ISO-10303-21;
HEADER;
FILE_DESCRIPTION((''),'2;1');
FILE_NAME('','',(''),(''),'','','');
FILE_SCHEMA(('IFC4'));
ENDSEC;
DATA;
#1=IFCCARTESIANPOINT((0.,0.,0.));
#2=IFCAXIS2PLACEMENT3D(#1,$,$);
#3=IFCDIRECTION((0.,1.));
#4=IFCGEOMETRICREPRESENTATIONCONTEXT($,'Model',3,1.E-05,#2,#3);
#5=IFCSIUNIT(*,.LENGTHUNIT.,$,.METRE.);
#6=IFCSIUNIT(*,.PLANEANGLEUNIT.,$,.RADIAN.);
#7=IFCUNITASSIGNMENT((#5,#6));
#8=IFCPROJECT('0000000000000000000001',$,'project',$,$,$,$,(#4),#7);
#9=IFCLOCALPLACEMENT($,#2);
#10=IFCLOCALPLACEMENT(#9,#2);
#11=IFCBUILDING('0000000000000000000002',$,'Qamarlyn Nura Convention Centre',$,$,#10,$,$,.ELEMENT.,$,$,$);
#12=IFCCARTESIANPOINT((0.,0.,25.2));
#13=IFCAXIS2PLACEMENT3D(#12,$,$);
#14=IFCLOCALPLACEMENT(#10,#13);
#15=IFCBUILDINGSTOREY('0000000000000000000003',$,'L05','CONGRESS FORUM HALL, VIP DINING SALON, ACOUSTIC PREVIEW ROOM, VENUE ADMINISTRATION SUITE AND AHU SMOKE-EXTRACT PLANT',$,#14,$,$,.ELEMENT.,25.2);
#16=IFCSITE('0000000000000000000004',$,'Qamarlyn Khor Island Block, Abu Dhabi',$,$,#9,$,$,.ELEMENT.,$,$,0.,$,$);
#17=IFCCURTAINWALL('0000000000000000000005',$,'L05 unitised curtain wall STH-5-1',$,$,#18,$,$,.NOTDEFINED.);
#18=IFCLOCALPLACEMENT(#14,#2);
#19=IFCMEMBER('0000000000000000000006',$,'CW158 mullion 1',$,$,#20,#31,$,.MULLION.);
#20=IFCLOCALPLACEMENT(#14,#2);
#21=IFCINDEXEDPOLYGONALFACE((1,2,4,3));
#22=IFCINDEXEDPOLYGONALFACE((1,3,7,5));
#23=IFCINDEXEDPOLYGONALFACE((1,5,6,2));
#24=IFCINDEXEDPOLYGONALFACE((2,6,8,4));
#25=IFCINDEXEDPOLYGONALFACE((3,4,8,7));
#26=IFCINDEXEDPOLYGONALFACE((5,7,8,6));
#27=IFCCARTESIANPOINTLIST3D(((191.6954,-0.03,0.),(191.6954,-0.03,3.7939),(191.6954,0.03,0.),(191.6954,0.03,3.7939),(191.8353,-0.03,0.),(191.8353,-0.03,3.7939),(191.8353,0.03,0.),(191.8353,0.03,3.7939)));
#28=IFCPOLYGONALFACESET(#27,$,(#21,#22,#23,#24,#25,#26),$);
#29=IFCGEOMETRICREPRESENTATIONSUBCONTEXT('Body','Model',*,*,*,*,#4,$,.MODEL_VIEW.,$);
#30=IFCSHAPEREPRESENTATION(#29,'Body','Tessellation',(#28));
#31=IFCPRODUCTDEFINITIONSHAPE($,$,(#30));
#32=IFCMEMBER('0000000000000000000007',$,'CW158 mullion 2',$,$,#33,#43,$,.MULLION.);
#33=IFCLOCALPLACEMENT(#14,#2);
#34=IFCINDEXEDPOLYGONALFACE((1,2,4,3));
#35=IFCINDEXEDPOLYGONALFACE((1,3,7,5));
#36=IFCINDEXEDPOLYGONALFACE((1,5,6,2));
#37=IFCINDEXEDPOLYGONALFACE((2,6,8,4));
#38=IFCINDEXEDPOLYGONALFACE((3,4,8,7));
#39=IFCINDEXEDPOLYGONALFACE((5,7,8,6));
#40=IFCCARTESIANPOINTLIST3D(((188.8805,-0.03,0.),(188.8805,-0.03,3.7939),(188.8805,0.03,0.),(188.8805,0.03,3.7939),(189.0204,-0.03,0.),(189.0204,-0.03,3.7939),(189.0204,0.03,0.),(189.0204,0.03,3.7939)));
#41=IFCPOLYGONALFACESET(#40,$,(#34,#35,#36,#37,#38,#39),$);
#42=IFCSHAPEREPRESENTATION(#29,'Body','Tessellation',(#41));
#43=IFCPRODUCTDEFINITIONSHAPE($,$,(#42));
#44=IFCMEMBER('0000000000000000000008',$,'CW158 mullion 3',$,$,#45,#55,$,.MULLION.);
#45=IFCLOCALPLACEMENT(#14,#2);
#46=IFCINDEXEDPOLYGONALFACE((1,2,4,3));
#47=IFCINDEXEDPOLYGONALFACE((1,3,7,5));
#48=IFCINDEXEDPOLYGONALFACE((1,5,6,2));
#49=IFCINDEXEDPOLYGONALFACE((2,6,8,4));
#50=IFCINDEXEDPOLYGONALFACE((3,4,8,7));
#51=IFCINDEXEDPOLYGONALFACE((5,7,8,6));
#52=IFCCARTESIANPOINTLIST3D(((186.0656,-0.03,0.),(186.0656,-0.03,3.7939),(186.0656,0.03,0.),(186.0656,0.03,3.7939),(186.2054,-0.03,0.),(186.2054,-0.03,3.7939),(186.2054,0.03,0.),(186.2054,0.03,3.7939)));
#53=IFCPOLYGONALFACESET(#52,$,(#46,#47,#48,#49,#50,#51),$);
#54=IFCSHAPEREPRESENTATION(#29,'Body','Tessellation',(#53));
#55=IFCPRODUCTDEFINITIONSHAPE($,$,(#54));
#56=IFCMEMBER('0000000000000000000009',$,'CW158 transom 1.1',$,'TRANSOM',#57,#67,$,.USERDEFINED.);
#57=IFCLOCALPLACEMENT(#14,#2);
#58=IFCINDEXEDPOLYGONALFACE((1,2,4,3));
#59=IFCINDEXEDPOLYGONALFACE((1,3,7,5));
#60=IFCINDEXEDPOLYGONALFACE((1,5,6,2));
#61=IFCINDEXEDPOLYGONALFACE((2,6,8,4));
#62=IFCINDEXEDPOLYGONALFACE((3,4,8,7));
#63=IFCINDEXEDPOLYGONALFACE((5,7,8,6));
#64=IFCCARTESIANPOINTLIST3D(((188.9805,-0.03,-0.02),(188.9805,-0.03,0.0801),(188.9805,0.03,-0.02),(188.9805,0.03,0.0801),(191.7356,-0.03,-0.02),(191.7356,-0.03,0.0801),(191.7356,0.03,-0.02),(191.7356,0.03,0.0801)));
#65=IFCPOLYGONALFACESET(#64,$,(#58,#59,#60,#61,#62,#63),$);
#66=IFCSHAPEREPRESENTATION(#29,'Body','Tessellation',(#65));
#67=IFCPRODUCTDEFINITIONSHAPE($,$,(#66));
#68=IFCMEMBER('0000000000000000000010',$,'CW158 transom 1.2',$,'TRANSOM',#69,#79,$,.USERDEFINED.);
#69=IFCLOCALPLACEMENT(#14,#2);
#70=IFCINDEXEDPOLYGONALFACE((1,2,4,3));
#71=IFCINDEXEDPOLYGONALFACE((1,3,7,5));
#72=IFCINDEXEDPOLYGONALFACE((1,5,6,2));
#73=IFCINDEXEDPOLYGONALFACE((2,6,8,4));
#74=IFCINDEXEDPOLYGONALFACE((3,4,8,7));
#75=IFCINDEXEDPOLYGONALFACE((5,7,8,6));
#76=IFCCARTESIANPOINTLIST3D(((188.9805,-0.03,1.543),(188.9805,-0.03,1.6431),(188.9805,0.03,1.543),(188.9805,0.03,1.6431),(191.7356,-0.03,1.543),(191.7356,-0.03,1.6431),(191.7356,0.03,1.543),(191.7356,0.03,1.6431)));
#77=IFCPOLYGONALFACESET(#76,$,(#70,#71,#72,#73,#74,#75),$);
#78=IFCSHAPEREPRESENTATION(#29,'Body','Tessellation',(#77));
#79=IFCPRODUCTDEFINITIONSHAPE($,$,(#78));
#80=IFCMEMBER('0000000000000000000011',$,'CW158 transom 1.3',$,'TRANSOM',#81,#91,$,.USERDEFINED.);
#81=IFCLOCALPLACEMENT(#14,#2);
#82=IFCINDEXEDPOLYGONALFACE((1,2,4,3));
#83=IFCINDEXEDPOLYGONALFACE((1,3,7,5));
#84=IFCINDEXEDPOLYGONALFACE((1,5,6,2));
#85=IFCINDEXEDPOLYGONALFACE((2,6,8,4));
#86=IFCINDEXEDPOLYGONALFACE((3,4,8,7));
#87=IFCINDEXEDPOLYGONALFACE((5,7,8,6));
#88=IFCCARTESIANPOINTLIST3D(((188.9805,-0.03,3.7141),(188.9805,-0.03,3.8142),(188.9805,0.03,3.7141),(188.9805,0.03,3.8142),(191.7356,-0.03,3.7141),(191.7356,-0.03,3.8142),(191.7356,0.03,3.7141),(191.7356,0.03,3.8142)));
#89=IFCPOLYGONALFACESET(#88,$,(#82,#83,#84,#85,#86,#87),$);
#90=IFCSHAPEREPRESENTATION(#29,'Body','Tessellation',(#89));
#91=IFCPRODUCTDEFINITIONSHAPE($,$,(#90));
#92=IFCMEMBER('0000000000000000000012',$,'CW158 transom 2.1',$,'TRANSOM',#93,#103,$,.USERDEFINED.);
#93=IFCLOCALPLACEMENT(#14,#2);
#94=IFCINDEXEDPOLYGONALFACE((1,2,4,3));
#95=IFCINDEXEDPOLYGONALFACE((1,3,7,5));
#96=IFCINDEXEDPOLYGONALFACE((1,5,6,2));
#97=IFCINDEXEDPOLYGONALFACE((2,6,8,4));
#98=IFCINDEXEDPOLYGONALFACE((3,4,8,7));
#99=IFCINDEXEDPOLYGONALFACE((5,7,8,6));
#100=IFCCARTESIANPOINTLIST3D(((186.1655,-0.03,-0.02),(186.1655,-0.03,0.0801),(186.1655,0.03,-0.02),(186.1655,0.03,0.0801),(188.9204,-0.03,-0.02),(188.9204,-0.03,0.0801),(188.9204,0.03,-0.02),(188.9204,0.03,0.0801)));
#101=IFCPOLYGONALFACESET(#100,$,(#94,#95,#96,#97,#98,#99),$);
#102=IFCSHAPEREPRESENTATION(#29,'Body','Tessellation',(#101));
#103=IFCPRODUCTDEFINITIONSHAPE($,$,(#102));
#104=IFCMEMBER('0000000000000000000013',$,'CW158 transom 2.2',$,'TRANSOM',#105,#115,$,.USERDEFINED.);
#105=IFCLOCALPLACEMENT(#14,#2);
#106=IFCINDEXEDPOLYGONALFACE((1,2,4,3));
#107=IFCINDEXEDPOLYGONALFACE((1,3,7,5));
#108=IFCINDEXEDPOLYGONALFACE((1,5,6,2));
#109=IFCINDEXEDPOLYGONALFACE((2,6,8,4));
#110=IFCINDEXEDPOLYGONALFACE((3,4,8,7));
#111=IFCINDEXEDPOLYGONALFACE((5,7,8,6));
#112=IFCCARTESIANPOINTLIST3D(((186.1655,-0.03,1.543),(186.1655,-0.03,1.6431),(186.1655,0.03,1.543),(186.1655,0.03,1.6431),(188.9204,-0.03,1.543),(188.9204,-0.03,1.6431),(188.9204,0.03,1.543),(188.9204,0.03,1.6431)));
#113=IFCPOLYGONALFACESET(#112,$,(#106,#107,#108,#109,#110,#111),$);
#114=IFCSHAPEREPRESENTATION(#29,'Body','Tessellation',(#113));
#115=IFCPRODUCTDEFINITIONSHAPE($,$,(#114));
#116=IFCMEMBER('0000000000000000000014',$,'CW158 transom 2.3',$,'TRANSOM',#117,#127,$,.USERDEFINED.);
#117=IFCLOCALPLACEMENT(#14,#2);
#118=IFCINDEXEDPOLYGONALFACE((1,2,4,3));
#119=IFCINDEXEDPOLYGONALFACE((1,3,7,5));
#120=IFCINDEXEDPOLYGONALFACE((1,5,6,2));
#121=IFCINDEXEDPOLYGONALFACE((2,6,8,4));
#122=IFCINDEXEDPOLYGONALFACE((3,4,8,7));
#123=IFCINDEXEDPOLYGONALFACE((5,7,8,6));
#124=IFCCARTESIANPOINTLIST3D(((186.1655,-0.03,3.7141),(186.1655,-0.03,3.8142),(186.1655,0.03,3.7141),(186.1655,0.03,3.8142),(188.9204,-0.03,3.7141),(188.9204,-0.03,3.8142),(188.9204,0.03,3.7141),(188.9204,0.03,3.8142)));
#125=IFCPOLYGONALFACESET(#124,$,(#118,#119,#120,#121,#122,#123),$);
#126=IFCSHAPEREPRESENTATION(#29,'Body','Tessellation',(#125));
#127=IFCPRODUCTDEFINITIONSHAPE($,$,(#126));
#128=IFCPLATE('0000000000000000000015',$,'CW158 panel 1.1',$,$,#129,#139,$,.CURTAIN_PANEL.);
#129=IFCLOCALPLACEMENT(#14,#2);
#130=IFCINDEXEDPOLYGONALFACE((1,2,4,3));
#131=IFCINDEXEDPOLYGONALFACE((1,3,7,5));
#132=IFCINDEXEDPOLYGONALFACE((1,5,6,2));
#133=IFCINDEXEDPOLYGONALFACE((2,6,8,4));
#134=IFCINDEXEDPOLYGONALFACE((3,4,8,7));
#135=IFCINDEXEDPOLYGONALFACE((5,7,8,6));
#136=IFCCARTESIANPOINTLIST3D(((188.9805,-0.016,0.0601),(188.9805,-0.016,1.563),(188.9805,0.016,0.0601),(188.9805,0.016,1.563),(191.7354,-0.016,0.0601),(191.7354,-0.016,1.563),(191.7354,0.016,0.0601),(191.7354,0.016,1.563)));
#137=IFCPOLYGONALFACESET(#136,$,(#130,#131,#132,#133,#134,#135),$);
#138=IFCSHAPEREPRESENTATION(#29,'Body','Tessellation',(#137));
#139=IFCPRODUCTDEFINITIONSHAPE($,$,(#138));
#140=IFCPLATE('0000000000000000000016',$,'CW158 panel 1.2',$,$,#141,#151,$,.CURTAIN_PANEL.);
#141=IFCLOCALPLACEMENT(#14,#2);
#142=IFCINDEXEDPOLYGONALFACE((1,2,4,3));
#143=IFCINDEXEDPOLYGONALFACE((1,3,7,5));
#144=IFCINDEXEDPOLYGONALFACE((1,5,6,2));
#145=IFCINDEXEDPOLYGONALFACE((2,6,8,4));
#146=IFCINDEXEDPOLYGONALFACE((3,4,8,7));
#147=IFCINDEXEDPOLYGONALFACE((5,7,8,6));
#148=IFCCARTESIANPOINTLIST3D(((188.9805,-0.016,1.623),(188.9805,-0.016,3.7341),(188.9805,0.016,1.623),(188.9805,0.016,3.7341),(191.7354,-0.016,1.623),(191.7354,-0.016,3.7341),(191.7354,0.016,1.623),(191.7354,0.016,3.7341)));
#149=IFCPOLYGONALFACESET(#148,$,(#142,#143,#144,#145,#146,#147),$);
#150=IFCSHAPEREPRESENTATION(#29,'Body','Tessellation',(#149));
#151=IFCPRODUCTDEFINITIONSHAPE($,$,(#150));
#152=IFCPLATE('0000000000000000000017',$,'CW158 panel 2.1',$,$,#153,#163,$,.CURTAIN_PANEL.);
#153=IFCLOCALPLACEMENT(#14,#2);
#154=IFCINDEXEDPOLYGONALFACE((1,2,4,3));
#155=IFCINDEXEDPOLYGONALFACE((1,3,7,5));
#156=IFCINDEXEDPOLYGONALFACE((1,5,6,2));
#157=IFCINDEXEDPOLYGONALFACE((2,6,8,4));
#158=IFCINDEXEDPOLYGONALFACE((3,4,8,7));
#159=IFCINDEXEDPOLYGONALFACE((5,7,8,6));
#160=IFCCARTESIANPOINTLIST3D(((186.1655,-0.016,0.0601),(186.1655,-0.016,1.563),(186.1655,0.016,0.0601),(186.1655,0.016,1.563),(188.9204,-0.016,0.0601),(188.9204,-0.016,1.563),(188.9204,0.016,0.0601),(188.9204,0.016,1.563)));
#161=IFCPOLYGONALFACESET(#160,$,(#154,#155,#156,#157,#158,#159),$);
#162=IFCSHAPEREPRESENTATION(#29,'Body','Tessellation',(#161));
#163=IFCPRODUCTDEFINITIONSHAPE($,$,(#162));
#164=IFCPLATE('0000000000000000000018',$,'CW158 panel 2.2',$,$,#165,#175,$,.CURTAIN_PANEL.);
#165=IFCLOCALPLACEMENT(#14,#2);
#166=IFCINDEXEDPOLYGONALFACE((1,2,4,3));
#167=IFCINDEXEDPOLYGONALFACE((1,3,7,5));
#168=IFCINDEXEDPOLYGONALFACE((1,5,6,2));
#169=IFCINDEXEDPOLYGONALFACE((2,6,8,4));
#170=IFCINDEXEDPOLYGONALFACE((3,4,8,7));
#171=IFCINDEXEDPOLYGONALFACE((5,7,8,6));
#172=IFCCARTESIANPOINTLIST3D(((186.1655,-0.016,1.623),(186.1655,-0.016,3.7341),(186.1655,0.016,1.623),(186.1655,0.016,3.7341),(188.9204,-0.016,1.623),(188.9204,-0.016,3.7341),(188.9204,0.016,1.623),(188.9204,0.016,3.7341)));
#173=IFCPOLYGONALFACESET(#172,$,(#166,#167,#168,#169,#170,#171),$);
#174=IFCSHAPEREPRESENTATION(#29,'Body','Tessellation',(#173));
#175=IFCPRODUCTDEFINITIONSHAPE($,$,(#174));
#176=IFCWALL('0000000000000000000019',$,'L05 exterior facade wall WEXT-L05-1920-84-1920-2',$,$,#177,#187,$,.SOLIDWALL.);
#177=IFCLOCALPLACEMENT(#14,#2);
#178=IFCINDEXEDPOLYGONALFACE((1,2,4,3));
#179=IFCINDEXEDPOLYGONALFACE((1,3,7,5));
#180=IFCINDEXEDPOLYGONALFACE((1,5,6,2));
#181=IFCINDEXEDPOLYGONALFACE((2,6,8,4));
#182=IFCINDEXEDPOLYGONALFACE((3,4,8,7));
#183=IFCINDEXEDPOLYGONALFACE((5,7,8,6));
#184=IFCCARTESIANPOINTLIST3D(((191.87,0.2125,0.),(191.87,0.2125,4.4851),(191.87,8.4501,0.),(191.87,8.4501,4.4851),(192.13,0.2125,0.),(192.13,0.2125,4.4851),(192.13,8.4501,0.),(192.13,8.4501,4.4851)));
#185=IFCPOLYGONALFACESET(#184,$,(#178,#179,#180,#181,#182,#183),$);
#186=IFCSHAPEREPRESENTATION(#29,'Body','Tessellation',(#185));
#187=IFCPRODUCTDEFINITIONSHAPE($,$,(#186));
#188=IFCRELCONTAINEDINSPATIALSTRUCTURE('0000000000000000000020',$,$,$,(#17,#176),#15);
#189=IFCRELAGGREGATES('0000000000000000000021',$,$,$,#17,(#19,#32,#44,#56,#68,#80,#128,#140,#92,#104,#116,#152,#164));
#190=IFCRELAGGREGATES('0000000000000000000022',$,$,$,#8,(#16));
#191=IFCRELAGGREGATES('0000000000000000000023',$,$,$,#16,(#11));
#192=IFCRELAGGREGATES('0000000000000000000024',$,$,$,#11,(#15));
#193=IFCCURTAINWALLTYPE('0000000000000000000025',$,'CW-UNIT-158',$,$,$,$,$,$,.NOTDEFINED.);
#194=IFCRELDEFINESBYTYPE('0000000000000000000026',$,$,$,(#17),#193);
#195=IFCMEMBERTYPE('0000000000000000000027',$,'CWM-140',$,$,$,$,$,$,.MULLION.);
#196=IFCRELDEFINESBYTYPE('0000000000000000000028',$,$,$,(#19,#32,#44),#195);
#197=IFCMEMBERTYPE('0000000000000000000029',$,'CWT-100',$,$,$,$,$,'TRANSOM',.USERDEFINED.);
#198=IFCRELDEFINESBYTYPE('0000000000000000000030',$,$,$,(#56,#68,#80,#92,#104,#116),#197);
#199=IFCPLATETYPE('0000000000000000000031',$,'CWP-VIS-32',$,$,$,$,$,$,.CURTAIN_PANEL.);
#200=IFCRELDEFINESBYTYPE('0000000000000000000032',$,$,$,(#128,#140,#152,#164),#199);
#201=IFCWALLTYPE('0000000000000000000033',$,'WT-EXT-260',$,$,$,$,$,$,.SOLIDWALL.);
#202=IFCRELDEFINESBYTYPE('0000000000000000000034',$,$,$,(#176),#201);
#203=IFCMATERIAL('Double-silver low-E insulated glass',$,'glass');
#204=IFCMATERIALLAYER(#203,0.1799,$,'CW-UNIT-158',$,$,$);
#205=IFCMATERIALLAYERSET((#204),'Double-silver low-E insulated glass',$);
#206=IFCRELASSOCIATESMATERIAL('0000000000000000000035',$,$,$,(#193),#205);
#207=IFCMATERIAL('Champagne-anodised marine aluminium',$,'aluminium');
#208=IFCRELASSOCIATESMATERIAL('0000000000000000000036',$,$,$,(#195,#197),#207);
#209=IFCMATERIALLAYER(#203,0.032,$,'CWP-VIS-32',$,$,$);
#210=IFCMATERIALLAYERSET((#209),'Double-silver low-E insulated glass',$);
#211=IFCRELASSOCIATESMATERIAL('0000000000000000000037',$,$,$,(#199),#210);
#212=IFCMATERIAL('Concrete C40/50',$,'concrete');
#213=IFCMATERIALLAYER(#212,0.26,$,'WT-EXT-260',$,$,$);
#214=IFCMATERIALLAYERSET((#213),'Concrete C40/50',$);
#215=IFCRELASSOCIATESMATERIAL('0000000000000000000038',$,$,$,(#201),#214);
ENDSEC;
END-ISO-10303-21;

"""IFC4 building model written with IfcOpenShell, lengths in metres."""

from ifc_helpers import new_model, si_unit, direction, frame, frame_2d, origin, origin_2d, place, context, subcontext, project, spatial, rectangle, extrude, material, layer, layer_set, material_profile, profile_set, type_object, element, aggregate, save


model = new_model("IFC4")

# Units and contexts
model_context = context("Model", 3, precision=1e-05, world=origin(), true_north=direction((0.0, 1.0)))
body_context = subcontext(model_context, "Body", "Model", "MODEL_VIEW")
ifc_project = project(units=[si_unit("LENGTHUNIT", "METRE"), si_unit("PLANEANGLEUNIT", "RADIAN")], contexts=[model_context])

# Site, building, storey
site_placement = place(None, origin())
site = spatial("IfcSite", under=ifc_project, at=site_placement, Name="Qamarlyn Khor Island Block, Abu Dhabi", CompositionType="ELEMENT", RefElevation=0.0)
building_placement = place(site_placement, origin())
building = spatial("IfcBuilding", under=site, at=building_placement, Name="Qamarlyn Nura Convention Centre", CompositionType="ELEMENT")
storey_placement = place(building_placement, frame((0.0, 0.0, 25.2)))
storey = spatial("IfcBuildingStorey", under=building, at=storey_placement, Name="L05", Description="CONGRESS FORUM HALL, VIP DINING SALON, ACOUSTIC PREVIEW ROOM, VENUE ADMINISTRATION SUITE AND AHU SMOKE-EXTRACT PLANT", CompositionType="ELEMENT", Elevation=25.2)

# Curtain wall, members, plates
ifc_material_1 = material(Name="Double-silver low-E insulated glass", Category="glass")
ifc_layer_1 = layer(ifc_material_1, 0.1799, Name="CW-UNIT-158")
ifc_layer_set_1 = layer_set([ifc_layer_1], Name="Double-silver low-E insulated glass")
curtain_wall_type = type_object("IfcCurtainWallType", Name="CW-UNIT-158", PredefinedType="NOTDEFINED", material=ifc_layer_set_1)
curtain_wall_placement = place(storey_placement, origin())
curtain_wall = element("IfcCurtainWall", 1, at=curtain_wall_placement, inside=storey, type_object=curtain_wall_type, Name="L05 unitised curtain wall STH-5-1", PredefinedType="NOTDEFINED")
ifc_material_2 = material(Name="Champagne-anodised marine aluminium", Category="aluminium")
ifc_material_profile_1 = material_profile(ifc_material_2, rectangle(XDim=0.0601, YDim=0.1399, at=origin_2d()), Name="ALU MULLION 60x140")
ifc_profile_set_1 = profile_set([ifc_material_profile_1], Name="Champagne-anodised marine aluminium")
member_type_1 = type_object("IfcMemberType", Name="CWM-140", PredefinedType="MULLION", material=ifc_profile_set_1)
member_1_placement = place(storey_placement, frame((191.7654, 0.0, 0.0), z_axis=(0.0, 0.0, 1.0), x_axis=(0.0, -1.0, 0.0)))
member_1 = element("IfcMember", 2, at=member_1_placement, type_object=member_type_1, Name="CW158 mullion 1", PredefinedType="MULLION", context=body_context, shape_type="SweptSolid", body=[
    extrude(rectangle(XDim=0.0601, YDim=0.1399, at=origin_2d()), origin(), (0.0, 0.0, 1.0), 3.7939),
])
member_2_placement = place(storey_placement, frame((188.9504, 0.0, 0.0), z_axis=(0.0, 0.0, 1.0), x_axis=(0.0, -1.0, 0.0)))
member_2 = element("IfcMember", 3, at=member_2_placement, type_object=member_type_1, Name="CW158 mullion 2", PredefinedType="MULLION", context=body_context, shape_type="SweptSolid", body=[
    extrude(rectangle(XDim=0.0601, YDim=0.1399, at=origin_2d()), origin(), (0.0, 0.0, 1.0), 3.7939),
])
member_3_placement = place(storey_placement, frame((186.1355, 0.0, 0.0), z_axis=(0.0, 0.0, 1.0), x_axis=(0.0, -1.0, 0.0)))
member_3 = element("IfcMember", 4, at=member_3_placement, type_object=member_type_1, Name="CW158 mullion 3", PredefinedType="MULLION", context=body_context, shape_type="SweptSolid", body=[
    extrude(rectangle(XDim=0.0601, YDim=0.1399, at=origin_2d()), origin(), (0.0, 0.0, 1.0), 3.7939),
])
ifc_material_profile_2 = material_profile(ifc_material_2, rectangle(XDim=0.0601, YDim=0.1001, at=origin_2d()), Name="ALU TRANSOM 60x100")
ifc_profile_set_2 = profile_set([ifc_material_profile_2], Name="Champagne-anodised marine aluminium")
member_type_2 = type_object("IfcMemberType", Name="CWT-100", ElementType="TRANSOM", PredefinedType="USERDEFINED", material=ifc_profile_set_2)
member_4_placement = place(storey_placement, frame((191.7356, 0.0, 0.03), z_axis=(-1.0, 0.0, 0.0), x_axis=(0.0, -1.0, 0.0)))
member_4 = element("IfcMember", 5, at=member_4_placement, type_object=member_type_2, Name="CW158 transom 1.1", ObjectType="TRANSOM", PredefinedType="USERDEFINED", context=body_context, shape_type="SweptSolid", body=[
    extrude(rectangle(XDim=0.0601, YDim=0.1001, at=origin_2d()), origin(), (0.0, 0.0, 1.0), 2.7551),
])
member_5_placement = place(storey_placement, frame((191.7356, 0.0, 1.593), z_axis=(-1.0, 0.0, 0.0), x_axis=(0.0, -1.0, 0.0)))
member_5 = element("IfcMember", 6, at=member_5_placement, type_object=member_type_2, Name="CW158 transom 1.2", ObjectType="TRANSOM", PredefinedType="USERDEFINED", context=body_context, shape_type="SweptSolid", body=[
    extrude(rectangle(XDim=0.0601, YDim=0.1001, at=origin_2d()), origin(), (0.0, 0.0, 1.0), 2.7551),
])
member_6_placement = place(storey_placement, frame((191.7356, 0.0, 3.7642), z_axis=(-1.0, 0.0, 0.0), x_axis=(0.0, -1.0, 0.0)))
member_6 = element("IfcMember", 7, at=member_6_placement, type_object=member_type_2, Name="CW158 transom 1.3", ObjectType="TRANSOM", PredefinedType="USERDEFINED", context=body_context, shape_type="SweptSolid", body=[
    extrude(rectangle(XDim=0.0601, YDim=0.1001, at=origin_2d()), origin(), (0.0, 0.0, 1.0), 2.7551),
])
member_7_placement = place(storey_placement, frame((188.9204, 0.0, 0.03), z_axis=(-1.0, 0.0, 0.0), x_axis=(0.0, -1.0, 0.0)))
member_7 = element("IfcMember", 8, at=member_7_placement, type_object=member_type_2, Name="CW158 transom 2.1", ObjectType="TRANSOM", PredefinedType="USERDEFINED", context=body_context, shape_type="SweptSolid", body=[
    extrude(rectangle(XDim=0.0601, YDim=0.1001, at=origin_2d()), origin(), (0.0, 0.0, 1.0), 2.7549),
])
member_8_placement = place(storey_placement, frame((188.9204, 0.0, 1.593), z_axis=(-1.0, 0.0, 0.0), x_axis=(0.0, -1.0, 0.0)))
member_8 = element("IfcMember", 9, at=member_8_placement, type_object=member_type_2, Name="CW158 transom 2.2", ObjectType="TRANSOM", PredefinedType="USERDEFINED", context=body_context, shape_type="SweptSolid", body=[
    extrude(rectangle(XDim=0.0601, YDim=0.1001, at=origin_2d()), origin(), (0.0, 0.0, 1.0), 2.7549),
])
member_9_placement = place(storey_placement, frame((188.9204, 0.0, 3.7642), z_axis=(-1.0, 0.0, 0.0), x_axis=(0.0, -1.0, 0.0)))
member_9 = element("IfcMember", 10, at=member_9_placement, type_object=member_type_2, Name="CW158 transom 2.3", ObjectType="TRANSOM", PredefinedType="USERDEFINED", context=body_context, shape_type="SweptSolid", body=[
    extrude(rectangle(XDim=0.0601, YDim=0.1001, at=origin_2d()), origin(), (0.0, 0.0, 1.0), 2.7549),
])
ifc_layer_2 = layer(ifc_material_1, 0.032, Name="CWP-VIS-32")
ifc_layer_set_2 = layer_set([ifc_layer_2], Name="Double-silver low-E insulated glass")
plate_type = type_object("IfcPlateType", Name="CWP-VIS-32", PredefinedType="CURTAIN_PANEL", material=ifc_layer_set_2)
plate_1_placement = place(storey_placement, frame((190.3579, 0.0, 0.0601), z_axis=(0.0, 0.0, 1.0), x_axis=(-1.0, 0.0, 0.0)))
plate_1 = element("IfcPlate", 11, at=plate_1_placement, type_object=plate_type, Name="CW158 panel 1.1", PredefinedType="CURTAIN_PANEL", context=body_context, shape_type="SweptSolid", body=[
    extrude(rectangle(XDim=2.7549, YDim=0.032, at=origin_2d()), origin(), (0.0, 0.0, 1.0), 1.5029),
])
plate_2_placement = place(storey_placement, frame((190.3579, 0.0, 1.623), z_axis=(0.0, 0.0, 1.0), x_axis=(-1.0, 0.0, 0.0)))
plate_2 = element("IfcPlate", 12, at=plate_2_placement, type_object=plate_type, Name="CW158 panel 1.2", PredefinedType="CURTAIN_PANEL", context=body_context, shape_type="SweptSolid", body=[
    extrude(rectangle(XDim=2.7549, YDim=0.032, at=origin_2d()), origin(), (0.0, 0.0, 1.0), 2.1111),
])
plate_3_placement = place(storey_placement, frame((187.543, 0.0, 0.0601), z_axis=(0.0, 0.0, 1.0), x_axis=(-1.0, 0.0, 0.0)))
plate_3 = element("IfcPlate", 13, at=plate_3_placement, type_object=plate_type, Name="CW158 panel 2.1", PredefinedType="CURTAIN_PANEL", context=body_context, shape_type="SweptSolid", body=[
    extrude(rectangle(XDim=2.7549, YDim=0.032, at=origin_2d()), origin(), (0.0, 0.0, 1.0), 1.5029),
])
plate_4_placement = place(storey_placement, frame((187.543, 0.0, 1.623), z_axis=(0.0, 0.0, 1.0), x_axis=(-1.0, 0.0, 0.0)))
plate_4 = element("IfcPlate", 14, at=plate_4_placement, type_object=plate_type, Name="CW158 panel 2.2", PredefinedType="CURTAIN_PANEL", context=body_context, shape_type="SweptSolid", body=[
    extrude(rectangle(XDim=2.7549, YDim=0.032, at=origin_2d()), origin(), (0.0, 0.0, 1.0), 2.1111),
])
aggregate(curtain_wall, [member_1, member_2, member_3, member_4, member_5, member_6, plate_1, plate_2, member_7, member_8, member_9, plate_3, plate_4])

# Wall
ifc_material_3 = material(Name="Concrete C40/50", Category="concrete")
ifc_layer_3 = layer(ifc_material_3, 0.26, Name="WT-EXT-260")
ifc_layer_set_3 = layer_set([ifc_layer_3], Name="Concrete C40/50")
wall_type_1 = type_object("IfcWallType", Name="WT-EXT-260", PredefinedType="SOLIDWALL", material=ifc_layer_set_3)
wall_1_placement = place(storey_placement, frame((192.0, 8.45, 0.0), z_axis=(0.0, 0.0, 1.0), x_axis=(0.0, -1.0, 0.0)))
element("IfcWall", 15, at=wall_1_placement, inside=storey, type_object=wall_type_1, Name="L05 exterior facade wall WEXT-L05-1920-84-1920-2", PredefinedType="SOLIDWALL", context=body_context, shape_type="SweptSolid", body=[
    extrude(rectangle(XDim=8.2375, YDim=0.26, at=frame_2d((4.1187, 0.0))), origin(), (0.0, 0.0, 1.0), 4.4851),
])

save(model, "model.ifc")
